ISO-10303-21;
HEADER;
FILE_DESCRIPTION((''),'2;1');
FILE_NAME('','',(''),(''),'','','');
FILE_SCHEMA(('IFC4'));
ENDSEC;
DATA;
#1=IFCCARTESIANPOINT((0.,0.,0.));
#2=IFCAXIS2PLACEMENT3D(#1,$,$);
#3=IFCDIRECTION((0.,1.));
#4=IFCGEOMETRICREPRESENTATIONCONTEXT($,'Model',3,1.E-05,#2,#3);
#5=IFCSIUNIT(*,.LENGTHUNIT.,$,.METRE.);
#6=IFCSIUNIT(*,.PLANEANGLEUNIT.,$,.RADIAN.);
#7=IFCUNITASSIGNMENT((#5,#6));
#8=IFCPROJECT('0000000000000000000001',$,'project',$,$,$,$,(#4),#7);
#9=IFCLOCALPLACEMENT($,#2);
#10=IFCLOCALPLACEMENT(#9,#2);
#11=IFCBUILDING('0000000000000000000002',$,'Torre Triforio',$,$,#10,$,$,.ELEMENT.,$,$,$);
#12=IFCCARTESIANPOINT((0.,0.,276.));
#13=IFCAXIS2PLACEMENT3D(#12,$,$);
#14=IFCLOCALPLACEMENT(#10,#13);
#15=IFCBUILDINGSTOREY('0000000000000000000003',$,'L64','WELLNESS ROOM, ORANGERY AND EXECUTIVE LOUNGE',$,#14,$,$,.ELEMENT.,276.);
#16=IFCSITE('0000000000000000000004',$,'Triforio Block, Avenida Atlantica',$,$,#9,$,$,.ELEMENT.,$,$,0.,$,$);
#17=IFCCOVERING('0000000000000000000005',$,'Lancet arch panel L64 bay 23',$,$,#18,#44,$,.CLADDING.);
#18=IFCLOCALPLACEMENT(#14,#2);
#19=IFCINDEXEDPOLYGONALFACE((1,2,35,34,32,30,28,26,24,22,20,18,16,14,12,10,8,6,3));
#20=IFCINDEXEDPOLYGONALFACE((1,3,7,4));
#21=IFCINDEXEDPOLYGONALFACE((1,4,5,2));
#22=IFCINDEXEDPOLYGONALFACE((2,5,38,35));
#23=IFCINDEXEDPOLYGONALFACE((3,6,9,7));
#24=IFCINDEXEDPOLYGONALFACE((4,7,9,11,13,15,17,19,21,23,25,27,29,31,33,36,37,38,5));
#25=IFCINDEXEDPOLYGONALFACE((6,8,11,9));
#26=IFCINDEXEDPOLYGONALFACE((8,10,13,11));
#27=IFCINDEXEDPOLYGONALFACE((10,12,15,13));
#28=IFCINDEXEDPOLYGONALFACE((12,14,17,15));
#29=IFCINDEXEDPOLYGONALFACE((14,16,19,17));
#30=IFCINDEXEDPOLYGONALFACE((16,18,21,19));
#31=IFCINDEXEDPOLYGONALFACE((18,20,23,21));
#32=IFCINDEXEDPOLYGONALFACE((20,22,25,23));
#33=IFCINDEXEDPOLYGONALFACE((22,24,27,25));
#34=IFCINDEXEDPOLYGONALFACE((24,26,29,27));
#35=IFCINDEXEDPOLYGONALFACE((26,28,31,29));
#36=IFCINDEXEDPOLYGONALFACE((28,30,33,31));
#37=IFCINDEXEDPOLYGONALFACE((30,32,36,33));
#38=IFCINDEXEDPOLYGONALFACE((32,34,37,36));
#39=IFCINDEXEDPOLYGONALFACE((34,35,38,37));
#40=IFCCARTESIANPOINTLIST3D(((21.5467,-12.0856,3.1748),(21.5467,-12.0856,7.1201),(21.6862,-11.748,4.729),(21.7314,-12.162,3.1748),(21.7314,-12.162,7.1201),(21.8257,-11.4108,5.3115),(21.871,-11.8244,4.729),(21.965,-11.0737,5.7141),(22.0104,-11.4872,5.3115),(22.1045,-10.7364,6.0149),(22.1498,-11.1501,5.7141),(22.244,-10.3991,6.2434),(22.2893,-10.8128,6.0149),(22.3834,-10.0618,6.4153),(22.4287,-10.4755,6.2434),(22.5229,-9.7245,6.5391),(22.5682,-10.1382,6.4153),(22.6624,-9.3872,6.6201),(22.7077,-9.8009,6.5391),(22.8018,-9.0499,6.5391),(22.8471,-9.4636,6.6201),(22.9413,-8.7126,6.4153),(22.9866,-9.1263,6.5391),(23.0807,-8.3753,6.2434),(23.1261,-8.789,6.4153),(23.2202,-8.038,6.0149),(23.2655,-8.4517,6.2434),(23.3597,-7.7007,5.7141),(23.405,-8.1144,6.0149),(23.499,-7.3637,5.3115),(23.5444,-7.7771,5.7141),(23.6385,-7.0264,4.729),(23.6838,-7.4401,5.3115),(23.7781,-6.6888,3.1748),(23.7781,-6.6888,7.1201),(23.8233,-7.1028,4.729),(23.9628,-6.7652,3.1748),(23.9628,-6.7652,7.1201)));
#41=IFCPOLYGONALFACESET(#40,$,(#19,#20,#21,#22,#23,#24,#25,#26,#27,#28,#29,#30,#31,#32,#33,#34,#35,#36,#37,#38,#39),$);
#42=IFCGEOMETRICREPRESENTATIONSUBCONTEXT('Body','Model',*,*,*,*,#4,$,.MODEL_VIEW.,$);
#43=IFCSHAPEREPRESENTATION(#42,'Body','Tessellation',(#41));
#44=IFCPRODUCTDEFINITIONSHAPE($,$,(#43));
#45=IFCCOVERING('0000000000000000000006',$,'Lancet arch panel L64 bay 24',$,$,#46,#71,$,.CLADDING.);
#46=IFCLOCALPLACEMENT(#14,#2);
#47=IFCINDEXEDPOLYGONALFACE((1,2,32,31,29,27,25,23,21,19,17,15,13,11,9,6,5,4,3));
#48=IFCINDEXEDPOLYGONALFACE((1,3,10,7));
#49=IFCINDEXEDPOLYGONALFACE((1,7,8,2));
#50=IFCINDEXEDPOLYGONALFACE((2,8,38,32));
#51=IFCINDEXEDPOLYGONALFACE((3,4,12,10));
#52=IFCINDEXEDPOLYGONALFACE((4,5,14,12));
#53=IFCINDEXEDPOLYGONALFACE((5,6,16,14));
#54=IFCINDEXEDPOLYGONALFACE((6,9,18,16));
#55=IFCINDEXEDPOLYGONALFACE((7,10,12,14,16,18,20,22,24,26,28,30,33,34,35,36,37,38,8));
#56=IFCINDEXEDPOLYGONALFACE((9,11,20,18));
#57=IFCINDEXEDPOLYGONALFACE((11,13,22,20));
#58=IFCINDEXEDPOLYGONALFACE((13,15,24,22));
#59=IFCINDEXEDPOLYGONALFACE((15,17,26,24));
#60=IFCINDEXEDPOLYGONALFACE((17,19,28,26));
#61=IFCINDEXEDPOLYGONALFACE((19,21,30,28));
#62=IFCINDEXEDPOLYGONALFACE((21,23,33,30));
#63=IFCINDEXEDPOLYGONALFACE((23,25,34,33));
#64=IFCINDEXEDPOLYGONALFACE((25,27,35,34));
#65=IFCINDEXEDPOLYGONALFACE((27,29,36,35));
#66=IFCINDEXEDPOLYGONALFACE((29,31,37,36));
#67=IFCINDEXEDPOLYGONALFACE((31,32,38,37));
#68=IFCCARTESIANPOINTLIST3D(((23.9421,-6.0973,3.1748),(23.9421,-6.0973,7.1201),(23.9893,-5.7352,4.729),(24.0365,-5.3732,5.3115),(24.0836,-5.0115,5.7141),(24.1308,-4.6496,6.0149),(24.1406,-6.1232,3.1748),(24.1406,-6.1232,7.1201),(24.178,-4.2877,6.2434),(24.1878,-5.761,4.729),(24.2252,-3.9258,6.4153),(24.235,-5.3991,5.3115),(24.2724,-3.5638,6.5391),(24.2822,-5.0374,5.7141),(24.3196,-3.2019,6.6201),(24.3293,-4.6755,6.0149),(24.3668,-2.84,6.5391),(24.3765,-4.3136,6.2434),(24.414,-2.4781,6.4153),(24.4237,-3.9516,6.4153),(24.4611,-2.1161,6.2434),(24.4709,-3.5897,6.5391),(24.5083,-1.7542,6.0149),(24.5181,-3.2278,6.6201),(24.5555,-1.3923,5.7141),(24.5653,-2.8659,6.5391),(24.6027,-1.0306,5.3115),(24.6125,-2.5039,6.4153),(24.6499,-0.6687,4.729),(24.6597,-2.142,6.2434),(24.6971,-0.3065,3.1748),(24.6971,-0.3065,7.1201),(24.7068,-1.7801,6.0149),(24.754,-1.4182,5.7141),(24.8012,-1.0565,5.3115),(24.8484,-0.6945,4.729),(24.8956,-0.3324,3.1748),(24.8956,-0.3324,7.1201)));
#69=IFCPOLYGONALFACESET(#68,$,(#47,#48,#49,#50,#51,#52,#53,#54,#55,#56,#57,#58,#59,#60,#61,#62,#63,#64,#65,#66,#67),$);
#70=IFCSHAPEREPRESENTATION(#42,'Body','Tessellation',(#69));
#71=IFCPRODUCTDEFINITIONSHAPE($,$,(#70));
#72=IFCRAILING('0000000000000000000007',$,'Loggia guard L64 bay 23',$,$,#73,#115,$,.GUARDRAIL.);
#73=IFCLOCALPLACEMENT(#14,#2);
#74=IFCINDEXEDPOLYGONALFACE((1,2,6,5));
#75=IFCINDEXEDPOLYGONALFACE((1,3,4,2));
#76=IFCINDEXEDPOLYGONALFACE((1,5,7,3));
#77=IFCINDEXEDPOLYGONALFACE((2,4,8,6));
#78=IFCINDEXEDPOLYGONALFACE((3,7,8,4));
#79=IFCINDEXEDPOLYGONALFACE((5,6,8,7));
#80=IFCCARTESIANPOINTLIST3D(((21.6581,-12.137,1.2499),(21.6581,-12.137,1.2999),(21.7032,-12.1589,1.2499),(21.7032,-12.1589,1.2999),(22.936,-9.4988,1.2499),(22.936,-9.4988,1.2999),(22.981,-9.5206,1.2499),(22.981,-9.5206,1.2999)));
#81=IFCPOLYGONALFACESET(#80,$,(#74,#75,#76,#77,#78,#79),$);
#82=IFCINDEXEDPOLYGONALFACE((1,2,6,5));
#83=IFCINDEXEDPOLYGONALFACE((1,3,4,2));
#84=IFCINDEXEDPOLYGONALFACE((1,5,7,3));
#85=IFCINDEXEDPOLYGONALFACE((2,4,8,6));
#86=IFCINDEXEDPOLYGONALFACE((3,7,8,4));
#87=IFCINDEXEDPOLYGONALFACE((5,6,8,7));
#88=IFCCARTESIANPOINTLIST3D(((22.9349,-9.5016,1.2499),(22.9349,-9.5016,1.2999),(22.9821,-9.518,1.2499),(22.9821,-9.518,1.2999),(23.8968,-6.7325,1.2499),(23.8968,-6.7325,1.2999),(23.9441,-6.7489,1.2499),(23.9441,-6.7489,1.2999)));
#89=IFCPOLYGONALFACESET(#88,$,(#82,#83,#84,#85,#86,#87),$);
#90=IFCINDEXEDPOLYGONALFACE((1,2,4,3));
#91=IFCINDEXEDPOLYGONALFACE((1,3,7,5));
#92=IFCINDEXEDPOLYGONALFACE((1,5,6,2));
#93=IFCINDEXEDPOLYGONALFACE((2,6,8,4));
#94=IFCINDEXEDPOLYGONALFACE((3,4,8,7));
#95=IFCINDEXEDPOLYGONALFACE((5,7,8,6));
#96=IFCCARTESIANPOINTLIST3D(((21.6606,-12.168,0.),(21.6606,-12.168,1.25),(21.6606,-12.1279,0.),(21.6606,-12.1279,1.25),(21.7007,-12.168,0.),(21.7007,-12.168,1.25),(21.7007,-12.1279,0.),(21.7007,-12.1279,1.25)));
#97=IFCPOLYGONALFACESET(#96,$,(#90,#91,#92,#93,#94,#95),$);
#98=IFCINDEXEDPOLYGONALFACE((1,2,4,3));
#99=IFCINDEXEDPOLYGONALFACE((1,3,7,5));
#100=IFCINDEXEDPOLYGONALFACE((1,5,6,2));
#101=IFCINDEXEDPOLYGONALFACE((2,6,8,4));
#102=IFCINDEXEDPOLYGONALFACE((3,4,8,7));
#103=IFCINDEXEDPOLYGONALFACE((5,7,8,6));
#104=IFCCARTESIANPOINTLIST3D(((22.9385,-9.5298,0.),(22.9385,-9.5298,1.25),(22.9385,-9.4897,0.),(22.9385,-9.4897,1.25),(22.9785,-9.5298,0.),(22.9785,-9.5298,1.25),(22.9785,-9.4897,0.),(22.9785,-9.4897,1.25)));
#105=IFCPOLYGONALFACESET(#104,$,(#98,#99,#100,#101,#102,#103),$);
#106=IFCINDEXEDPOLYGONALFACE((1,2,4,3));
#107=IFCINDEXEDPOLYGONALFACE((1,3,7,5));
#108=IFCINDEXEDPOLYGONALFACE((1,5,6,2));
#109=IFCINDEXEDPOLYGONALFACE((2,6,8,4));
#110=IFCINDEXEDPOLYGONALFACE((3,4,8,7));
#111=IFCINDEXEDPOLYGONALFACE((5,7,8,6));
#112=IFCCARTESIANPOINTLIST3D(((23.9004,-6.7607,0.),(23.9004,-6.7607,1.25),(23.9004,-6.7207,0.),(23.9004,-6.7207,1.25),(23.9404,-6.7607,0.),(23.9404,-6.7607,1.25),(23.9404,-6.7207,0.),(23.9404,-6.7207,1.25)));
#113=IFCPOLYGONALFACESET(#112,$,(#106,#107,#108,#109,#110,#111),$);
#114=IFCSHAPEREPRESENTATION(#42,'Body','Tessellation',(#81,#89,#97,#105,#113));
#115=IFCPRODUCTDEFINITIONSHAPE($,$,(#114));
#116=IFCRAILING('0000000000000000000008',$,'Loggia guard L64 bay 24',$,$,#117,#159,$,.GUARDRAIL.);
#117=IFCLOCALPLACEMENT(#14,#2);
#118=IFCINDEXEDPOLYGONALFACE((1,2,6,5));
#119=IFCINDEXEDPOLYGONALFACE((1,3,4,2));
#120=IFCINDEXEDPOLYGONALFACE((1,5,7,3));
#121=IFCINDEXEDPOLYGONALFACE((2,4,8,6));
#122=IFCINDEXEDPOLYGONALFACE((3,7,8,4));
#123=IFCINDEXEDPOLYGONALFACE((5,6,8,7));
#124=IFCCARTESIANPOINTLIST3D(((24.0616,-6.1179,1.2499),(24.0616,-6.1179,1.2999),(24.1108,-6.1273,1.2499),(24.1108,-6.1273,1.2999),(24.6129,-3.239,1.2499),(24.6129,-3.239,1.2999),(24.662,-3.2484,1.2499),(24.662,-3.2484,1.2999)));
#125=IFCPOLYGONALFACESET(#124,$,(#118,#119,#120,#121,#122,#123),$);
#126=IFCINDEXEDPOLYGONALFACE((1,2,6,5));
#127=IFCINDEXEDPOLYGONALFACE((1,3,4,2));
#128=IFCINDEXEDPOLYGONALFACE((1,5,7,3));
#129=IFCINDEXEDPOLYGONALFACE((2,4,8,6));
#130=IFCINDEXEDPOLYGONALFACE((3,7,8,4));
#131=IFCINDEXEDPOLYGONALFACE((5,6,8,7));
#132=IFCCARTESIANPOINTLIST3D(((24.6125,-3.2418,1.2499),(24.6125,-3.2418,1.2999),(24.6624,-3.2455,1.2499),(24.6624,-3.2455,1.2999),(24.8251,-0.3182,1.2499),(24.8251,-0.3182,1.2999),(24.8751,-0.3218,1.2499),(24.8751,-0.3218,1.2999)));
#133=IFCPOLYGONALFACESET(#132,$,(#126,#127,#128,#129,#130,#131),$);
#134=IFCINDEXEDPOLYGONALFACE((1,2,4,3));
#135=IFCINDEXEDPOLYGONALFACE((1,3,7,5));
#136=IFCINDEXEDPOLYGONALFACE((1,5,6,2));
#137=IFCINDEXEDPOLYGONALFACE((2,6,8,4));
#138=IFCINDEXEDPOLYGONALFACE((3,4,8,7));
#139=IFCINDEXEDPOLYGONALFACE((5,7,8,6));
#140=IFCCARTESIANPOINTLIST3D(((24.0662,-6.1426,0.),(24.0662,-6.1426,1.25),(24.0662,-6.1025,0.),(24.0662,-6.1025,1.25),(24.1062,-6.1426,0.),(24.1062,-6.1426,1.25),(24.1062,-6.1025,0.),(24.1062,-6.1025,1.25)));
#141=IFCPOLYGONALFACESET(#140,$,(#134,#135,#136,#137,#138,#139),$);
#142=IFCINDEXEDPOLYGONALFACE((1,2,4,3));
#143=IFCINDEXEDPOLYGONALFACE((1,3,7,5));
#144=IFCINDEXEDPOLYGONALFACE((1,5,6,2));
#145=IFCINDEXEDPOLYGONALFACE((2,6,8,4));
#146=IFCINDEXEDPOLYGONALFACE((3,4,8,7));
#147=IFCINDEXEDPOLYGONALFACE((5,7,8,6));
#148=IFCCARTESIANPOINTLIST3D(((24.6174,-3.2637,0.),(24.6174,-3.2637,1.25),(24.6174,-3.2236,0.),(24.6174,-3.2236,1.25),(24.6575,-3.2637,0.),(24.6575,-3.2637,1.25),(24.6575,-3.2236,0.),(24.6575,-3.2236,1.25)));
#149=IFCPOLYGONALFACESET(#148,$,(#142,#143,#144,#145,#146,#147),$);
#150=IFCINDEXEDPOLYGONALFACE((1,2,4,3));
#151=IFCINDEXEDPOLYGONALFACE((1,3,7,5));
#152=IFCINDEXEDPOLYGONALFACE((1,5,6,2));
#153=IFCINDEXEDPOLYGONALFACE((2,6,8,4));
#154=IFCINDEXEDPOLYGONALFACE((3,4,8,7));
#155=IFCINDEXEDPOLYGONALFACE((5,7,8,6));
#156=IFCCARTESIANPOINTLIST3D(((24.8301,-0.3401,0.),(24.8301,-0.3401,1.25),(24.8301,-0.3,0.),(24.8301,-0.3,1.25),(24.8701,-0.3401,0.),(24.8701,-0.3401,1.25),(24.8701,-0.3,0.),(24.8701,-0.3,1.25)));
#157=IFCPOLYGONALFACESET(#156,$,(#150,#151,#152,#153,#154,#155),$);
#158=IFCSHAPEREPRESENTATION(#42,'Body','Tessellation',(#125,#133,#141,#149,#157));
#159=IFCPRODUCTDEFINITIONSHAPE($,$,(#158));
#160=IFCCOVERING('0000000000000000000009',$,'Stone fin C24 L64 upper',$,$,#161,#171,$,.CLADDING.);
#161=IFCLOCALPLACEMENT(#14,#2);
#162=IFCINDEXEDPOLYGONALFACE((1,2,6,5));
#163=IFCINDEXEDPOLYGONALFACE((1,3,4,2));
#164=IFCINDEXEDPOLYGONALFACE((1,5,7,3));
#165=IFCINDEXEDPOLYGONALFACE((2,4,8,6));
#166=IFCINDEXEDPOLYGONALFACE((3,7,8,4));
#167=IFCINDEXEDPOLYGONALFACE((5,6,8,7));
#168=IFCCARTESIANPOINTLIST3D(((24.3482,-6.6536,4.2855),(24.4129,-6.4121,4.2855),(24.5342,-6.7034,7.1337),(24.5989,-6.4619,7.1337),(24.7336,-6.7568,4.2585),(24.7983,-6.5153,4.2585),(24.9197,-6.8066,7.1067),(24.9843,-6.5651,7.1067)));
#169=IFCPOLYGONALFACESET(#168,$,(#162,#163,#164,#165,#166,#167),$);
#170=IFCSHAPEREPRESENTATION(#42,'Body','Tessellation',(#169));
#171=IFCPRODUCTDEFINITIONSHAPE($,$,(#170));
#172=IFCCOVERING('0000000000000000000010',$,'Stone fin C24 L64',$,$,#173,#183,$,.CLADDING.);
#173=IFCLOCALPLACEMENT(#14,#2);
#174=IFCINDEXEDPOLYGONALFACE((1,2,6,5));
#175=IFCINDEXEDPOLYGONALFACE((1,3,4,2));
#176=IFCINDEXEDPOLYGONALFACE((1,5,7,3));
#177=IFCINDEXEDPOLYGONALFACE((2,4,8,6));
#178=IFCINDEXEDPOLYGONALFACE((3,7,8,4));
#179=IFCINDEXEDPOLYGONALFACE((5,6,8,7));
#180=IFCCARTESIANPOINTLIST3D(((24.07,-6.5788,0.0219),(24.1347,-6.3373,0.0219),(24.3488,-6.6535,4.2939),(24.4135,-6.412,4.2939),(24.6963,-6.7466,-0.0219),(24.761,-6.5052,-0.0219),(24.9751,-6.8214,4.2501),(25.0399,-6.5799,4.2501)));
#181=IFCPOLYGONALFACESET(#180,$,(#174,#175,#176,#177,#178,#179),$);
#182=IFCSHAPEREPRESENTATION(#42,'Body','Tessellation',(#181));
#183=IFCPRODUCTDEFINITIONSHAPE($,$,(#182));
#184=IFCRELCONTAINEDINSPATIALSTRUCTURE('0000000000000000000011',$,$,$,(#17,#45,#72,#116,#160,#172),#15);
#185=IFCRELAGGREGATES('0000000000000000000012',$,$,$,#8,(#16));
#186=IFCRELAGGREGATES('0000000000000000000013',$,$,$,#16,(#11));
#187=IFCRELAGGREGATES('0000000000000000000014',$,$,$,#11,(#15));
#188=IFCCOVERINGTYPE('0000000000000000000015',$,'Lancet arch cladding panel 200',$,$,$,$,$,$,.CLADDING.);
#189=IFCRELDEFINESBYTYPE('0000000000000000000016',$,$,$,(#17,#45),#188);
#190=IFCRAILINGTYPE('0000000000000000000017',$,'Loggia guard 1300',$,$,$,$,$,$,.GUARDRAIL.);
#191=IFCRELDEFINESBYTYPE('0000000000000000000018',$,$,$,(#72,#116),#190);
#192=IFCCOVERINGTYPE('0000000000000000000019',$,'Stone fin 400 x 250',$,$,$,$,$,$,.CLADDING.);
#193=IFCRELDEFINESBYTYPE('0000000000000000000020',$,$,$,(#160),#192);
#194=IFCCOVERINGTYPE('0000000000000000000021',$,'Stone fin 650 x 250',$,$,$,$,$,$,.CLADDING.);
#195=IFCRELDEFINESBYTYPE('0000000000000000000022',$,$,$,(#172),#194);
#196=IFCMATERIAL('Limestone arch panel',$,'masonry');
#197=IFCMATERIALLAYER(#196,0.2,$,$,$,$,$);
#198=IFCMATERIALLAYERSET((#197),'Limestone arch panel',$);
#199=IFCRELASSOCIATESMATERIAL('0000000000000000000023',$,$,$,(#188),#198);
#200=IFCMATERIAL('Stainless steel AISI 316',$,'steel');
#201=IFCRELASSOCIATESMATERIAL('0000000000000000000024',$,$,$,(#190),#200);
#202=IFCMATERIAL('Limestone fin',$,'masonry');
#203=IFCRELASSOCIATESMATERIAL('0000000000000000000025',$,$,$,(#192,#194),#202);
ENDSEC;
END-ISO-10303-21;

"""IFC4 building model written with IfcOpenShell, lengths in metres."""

from ifc_helpers import new_model, si_unit, direction, frame, origin, origin_2d, place, context, subcontext, project, spatial, polyline, rectangle, outline, extrude, material, layer, layer_set, material_profile, profile_set, type_object, element, save


model = new_model("IFC4")

# Units and contexts
model_context = context("Model", 3, precision=1e-05, world=origin(), true_north=direction((0.0, 1.0)))
body_context = subcontext(model_context, "Body", "Model", "MODEL_VIEW")
ifc_project = project(units=[si_unit("LENGTHUNIT", "METRE"), si_unit("PLANEANGLEUNIT", "RADIAN")], contexts=[model_context])

# Site, building, storey
site_placement = place(None, origin())
site = spatial("IfcSite", under=ifc_project, at=site_placement, Name="Triforio Block, Avenida Atlantica", CompositionType="ELEMENT", RefElevation=0.0)
building_placement = place(site_placement, origin())
building = spatial("IfcBuilding", under=site, at=building_placement, Name="Torre Triforio", CompositionType="ELEMENT")
storey_placement = place(building_placement, frame((0.0, 0.0, 276.0)))
storey = spatial("IfcBuildingStorey", under=building, at=storey_placement, Name="L64", Description="WELLNESS ROOM, ORANGERY AND EXECUTIVE LOUNGE", CompositionType="ELEMENT", Elevation=276.0)

# Coverings
ifc_material_1 = material(Name="Limestone arch panel", Category="masonry")
ifc_layer_1 = layer(ifc_material_1, 0.2)
ifc_layer_set_1 = layer_set([ifc_layer_1], Name="Limestone arch panel")
covering_type_1 = type_object("IfcCoveringType", Name="Lancet arch cladding panel 200", PredefinedType="CLADDING", material=ifc_layer_set_1)
covering_1_placement = place(storey_placement, frame((22.6624, -9.3872, 0.0), z_axis=(0.924121, -0.3821, 0.0), x_axis=(0.3821, 0.924121, 0.0)))
element("IfcCovering", 1, at=covering_1_placement, inside=storey, type_object=covering_type_1, Name="Lancet arch panel L64 bay 23", PredefinedType="CLADDING", context=body_context, shape_type="SweptSolid", body=[
    extrude(outline(polyline([(-2.9199, 7.1201), (-2.9199, 3.1748), (-2.5547, 4.729), (-2.1897, 5.3115), (-1.825, 5.7141), (-1.46, 6.0149), (-1.095, 6.2434), (-0.73, 6.4153), (-0.365, 6.5391), (0.0, 6.6201), (0.365, 6.5391), (0.73, 6.4153), (1.095, 6.2434), (1.46, 6.0149), (1.825, 5.7141), (2.1897, 5.3115), (2.5547, 4.729), (2.9199, 3.1748), (2.9199, 7.1201), (-2.9199, 7.1201)])), origin(), (0.0, 0.0, 1.0), 0.2),
])
covering_2_placement = place(storey_placement, frame((24.3196, -3.2019, 0.0), z_axis=(0.991607, -0.129287, 0.0), x_axis=(0.129287, 0.991607, 0.0)))
element("IfcCovering", 2, at=covering_2_placement, inside=storey, type_object=covering_type_1, Name="Lancet arch panel L64 bay 24", PredefinedType="CLADDING", context=body_context, shape_type="SweptSolid", body=[
    extrude(outline(polyline([(-2.9199, 7.1201), (-2.9199, 3.1748), (-2.5547, 4.729), (-2.1897, 5.3115), (-1.825, 5.7141), (-1.46, 6.0149), (-1.095, 6.2434), (-0.73, 6.4153), (-0.365, 6.5391), (0.0, 6.6201), (0.365, 6.5391), (0.73, 6.4153), (1.095, 6.2434), (1.46, 6.0149), (1.825, 5.7141), (2.1897, 5.3115), (2.5547, 4.729), (2.9199, 3.1748), (2.9199, 7.1201), (-2.9199, 7.1201)])), origin(), (0.0, 0.0, 1.0), 0.2002),
])

# Railings
ifc_material_2 = material(Name="Stainless steel AISI 316", Category="steel")
railing_type = type_object("IfcRailingType", Name="Loggia guard 1300", PredefinedType="GUARDRAIL", material=ifc_material_2)
railing_1_placement = place(storey_placement, frame((21.6807, -12.1479, 0.0)))
element("IfcRailing", 3, at=railing_1_placement, inside=storey, type_object=railing_type, Name="Loggia guard L64 bay 23", PredefinedType="GUARDRAIL", context=body_context, shape_type="SweptSolid", body=[
    extrude(rectangle(XDim=0.05, YDim=0.05, at=origin_2d()), frame((0.0, 0.0, 1.2749), z_axis=(0.435918, 0.899986, 0.0), x_axis=(-0.899986, 0.435918, 0.0)), (0.0, 0.0, 1.0), 2.9314),
    extrude(rectangle(XDim=0.05, YDim=0.05, at=origin_2d()), frame((1.2778, 2.6382, 1.2749), z_axis=(0.328146, 0.944627, 0.0), x_axis=(-0.944627, 0.328146, 0.0)), (0.0, 0.0, 1.0), 2.9314),
    extrude(rectangle(XDim=0.04, YDim=0.04, at=origin_2d()), origin(), (0.0, 0.0, 1.0), 1.25),
    extrude(rectangle(XDim=0.04, YDim=0.04, at=origin_2d()), frame((1.2778, 2.6382, 0.0)), (0.0, 0.0, 1.0), 1.25),
    extrude(rectangle(XDim=0.04, YDim=0.04, at=origin_2d()), frame((2.2397, 5.4072, 0.0)), (0.0, 0.0, 1.0), 1.25),
])
railing_2_placement = place(storey_placement, frame((24.0862, -6.1226, 0.0)))
element("IfcRailing", 4, at=railing_2_placement, inside=storey, type_object=railing_type, Name="Loggia guard L64 bay 24", PredefinedType="GUARDRAIL", context=body_context, shape_type="SweptSolid", body=[
    extrude(rectangle(XDim=0.05, YDim=0.05, at=origin_2d()), frame((0.0, 0.0, 1.2749), z_axis=(0.188069, 0.982156, 0.0), x_axis=(-0.982156, 0.188069, 0.0)), (0.0, 0.0, 1.0), 2.9312),
    extrude(rectangle(XDim=0.05, YDim=0.05, at=origin_2d()), frame((0.5513, 2.8789, 1.2749), z_axis=(0.072543, 0.997365, 0.0), x_axis=(-0.997365, 0.072543, 0.0)), (0.0, 0.0, 1.0), 2.9314),
    extrude(rectangle(XDim=0.04, YDim=0.04, at=origin_2d()), origin(), (0.0, 0.0, 1.0), 1.25),
    extrude(rectangle(XDim=0.04, YDim=0.04, at=origin_2d()), frame((0.5513, 2.8789, 0.0)), (0.0, 0.0, 1.0), 1.25),
    extrude(rectangle(XDim=0.04, YDim=0.04, at=origin_2d()), frame((0.7639, 5.8025, 0.0)), (0.0, 0.0, 1.0), 1.25),
])

# Coverings
ifc_material_3 = material(Name="Limestone fin", Category="masonry")
ifc_material_profile_1 = material_profile(ifc_material_3, rectangle(XDim=0.3999, YDim=0.25, at=origin_2d()), Name="FIN 400x250")
ifc_profile_set_1 = profile_set([ifc_material_profile_1], Name="Limestone fin")
covering_type_2 = type_object("IfcCoveringType", Name="Stone fin 400 x 250", PredefinedType="CLADDING", material=ifc_profile_set_1)
covering_3_placement = place(storey_placement, frame((24.5732, -6.5845, 4.272), z_axis=(0.065169, -0.017447, 0.997722), x_axis=(-0.963781, 0.25802, 0.067464)))
element("IfcCovering", 5, at=covering_3_placement, inside=storey, type_object=covering_type_2, Name="Stone fin C24 L64 upper", PredefinedType="CLADDING", context=body_context, shape_type="SweptSolid", body=[
    extrude(rectangle(XDim=0.3999, YDim=0.25, at=origin_2d()), origin(), (0.0, 0.0, 1.0), 2.8547),
])
ifc_material_profile_2 = material_profile(ifc_material_3, rectangle(XDim=0.6499, YDim=0.25, at=origin_2d()), Name="FIN 650x250")
ifc_profile_set_2 = profile_set([ifc_material_profile_2], Name="Limestone fin")
covering_type_3 = type_object("IfcCoveringType", Name="Stone fin 650 x 250", PredefinedType="CLADDING", material=ifc_profile_set_2)
covering_4_placement = place(storey_placement, frame((24.4155, -6.542, 0.0), z_axis=(0.065116, -0.017448, 0.997725), x_axis=(-0.963728, 0.258232, 0.067413)))
element("IfcCovering", 6, at=covering_4_placement, inside=storey, type_object=covering_type_3, Name="Stone fin C24 L64", PredefinedType="CLADDING", context=body_context, shape_type="SweptSolid", body=[
    extrude(rectangle(XDim=0.6499, YDim=0.25, at=origin_2d()), origin(), (0.0, 0.0, 1.0), 4.2817),
])

save(model, "model.ifc")
